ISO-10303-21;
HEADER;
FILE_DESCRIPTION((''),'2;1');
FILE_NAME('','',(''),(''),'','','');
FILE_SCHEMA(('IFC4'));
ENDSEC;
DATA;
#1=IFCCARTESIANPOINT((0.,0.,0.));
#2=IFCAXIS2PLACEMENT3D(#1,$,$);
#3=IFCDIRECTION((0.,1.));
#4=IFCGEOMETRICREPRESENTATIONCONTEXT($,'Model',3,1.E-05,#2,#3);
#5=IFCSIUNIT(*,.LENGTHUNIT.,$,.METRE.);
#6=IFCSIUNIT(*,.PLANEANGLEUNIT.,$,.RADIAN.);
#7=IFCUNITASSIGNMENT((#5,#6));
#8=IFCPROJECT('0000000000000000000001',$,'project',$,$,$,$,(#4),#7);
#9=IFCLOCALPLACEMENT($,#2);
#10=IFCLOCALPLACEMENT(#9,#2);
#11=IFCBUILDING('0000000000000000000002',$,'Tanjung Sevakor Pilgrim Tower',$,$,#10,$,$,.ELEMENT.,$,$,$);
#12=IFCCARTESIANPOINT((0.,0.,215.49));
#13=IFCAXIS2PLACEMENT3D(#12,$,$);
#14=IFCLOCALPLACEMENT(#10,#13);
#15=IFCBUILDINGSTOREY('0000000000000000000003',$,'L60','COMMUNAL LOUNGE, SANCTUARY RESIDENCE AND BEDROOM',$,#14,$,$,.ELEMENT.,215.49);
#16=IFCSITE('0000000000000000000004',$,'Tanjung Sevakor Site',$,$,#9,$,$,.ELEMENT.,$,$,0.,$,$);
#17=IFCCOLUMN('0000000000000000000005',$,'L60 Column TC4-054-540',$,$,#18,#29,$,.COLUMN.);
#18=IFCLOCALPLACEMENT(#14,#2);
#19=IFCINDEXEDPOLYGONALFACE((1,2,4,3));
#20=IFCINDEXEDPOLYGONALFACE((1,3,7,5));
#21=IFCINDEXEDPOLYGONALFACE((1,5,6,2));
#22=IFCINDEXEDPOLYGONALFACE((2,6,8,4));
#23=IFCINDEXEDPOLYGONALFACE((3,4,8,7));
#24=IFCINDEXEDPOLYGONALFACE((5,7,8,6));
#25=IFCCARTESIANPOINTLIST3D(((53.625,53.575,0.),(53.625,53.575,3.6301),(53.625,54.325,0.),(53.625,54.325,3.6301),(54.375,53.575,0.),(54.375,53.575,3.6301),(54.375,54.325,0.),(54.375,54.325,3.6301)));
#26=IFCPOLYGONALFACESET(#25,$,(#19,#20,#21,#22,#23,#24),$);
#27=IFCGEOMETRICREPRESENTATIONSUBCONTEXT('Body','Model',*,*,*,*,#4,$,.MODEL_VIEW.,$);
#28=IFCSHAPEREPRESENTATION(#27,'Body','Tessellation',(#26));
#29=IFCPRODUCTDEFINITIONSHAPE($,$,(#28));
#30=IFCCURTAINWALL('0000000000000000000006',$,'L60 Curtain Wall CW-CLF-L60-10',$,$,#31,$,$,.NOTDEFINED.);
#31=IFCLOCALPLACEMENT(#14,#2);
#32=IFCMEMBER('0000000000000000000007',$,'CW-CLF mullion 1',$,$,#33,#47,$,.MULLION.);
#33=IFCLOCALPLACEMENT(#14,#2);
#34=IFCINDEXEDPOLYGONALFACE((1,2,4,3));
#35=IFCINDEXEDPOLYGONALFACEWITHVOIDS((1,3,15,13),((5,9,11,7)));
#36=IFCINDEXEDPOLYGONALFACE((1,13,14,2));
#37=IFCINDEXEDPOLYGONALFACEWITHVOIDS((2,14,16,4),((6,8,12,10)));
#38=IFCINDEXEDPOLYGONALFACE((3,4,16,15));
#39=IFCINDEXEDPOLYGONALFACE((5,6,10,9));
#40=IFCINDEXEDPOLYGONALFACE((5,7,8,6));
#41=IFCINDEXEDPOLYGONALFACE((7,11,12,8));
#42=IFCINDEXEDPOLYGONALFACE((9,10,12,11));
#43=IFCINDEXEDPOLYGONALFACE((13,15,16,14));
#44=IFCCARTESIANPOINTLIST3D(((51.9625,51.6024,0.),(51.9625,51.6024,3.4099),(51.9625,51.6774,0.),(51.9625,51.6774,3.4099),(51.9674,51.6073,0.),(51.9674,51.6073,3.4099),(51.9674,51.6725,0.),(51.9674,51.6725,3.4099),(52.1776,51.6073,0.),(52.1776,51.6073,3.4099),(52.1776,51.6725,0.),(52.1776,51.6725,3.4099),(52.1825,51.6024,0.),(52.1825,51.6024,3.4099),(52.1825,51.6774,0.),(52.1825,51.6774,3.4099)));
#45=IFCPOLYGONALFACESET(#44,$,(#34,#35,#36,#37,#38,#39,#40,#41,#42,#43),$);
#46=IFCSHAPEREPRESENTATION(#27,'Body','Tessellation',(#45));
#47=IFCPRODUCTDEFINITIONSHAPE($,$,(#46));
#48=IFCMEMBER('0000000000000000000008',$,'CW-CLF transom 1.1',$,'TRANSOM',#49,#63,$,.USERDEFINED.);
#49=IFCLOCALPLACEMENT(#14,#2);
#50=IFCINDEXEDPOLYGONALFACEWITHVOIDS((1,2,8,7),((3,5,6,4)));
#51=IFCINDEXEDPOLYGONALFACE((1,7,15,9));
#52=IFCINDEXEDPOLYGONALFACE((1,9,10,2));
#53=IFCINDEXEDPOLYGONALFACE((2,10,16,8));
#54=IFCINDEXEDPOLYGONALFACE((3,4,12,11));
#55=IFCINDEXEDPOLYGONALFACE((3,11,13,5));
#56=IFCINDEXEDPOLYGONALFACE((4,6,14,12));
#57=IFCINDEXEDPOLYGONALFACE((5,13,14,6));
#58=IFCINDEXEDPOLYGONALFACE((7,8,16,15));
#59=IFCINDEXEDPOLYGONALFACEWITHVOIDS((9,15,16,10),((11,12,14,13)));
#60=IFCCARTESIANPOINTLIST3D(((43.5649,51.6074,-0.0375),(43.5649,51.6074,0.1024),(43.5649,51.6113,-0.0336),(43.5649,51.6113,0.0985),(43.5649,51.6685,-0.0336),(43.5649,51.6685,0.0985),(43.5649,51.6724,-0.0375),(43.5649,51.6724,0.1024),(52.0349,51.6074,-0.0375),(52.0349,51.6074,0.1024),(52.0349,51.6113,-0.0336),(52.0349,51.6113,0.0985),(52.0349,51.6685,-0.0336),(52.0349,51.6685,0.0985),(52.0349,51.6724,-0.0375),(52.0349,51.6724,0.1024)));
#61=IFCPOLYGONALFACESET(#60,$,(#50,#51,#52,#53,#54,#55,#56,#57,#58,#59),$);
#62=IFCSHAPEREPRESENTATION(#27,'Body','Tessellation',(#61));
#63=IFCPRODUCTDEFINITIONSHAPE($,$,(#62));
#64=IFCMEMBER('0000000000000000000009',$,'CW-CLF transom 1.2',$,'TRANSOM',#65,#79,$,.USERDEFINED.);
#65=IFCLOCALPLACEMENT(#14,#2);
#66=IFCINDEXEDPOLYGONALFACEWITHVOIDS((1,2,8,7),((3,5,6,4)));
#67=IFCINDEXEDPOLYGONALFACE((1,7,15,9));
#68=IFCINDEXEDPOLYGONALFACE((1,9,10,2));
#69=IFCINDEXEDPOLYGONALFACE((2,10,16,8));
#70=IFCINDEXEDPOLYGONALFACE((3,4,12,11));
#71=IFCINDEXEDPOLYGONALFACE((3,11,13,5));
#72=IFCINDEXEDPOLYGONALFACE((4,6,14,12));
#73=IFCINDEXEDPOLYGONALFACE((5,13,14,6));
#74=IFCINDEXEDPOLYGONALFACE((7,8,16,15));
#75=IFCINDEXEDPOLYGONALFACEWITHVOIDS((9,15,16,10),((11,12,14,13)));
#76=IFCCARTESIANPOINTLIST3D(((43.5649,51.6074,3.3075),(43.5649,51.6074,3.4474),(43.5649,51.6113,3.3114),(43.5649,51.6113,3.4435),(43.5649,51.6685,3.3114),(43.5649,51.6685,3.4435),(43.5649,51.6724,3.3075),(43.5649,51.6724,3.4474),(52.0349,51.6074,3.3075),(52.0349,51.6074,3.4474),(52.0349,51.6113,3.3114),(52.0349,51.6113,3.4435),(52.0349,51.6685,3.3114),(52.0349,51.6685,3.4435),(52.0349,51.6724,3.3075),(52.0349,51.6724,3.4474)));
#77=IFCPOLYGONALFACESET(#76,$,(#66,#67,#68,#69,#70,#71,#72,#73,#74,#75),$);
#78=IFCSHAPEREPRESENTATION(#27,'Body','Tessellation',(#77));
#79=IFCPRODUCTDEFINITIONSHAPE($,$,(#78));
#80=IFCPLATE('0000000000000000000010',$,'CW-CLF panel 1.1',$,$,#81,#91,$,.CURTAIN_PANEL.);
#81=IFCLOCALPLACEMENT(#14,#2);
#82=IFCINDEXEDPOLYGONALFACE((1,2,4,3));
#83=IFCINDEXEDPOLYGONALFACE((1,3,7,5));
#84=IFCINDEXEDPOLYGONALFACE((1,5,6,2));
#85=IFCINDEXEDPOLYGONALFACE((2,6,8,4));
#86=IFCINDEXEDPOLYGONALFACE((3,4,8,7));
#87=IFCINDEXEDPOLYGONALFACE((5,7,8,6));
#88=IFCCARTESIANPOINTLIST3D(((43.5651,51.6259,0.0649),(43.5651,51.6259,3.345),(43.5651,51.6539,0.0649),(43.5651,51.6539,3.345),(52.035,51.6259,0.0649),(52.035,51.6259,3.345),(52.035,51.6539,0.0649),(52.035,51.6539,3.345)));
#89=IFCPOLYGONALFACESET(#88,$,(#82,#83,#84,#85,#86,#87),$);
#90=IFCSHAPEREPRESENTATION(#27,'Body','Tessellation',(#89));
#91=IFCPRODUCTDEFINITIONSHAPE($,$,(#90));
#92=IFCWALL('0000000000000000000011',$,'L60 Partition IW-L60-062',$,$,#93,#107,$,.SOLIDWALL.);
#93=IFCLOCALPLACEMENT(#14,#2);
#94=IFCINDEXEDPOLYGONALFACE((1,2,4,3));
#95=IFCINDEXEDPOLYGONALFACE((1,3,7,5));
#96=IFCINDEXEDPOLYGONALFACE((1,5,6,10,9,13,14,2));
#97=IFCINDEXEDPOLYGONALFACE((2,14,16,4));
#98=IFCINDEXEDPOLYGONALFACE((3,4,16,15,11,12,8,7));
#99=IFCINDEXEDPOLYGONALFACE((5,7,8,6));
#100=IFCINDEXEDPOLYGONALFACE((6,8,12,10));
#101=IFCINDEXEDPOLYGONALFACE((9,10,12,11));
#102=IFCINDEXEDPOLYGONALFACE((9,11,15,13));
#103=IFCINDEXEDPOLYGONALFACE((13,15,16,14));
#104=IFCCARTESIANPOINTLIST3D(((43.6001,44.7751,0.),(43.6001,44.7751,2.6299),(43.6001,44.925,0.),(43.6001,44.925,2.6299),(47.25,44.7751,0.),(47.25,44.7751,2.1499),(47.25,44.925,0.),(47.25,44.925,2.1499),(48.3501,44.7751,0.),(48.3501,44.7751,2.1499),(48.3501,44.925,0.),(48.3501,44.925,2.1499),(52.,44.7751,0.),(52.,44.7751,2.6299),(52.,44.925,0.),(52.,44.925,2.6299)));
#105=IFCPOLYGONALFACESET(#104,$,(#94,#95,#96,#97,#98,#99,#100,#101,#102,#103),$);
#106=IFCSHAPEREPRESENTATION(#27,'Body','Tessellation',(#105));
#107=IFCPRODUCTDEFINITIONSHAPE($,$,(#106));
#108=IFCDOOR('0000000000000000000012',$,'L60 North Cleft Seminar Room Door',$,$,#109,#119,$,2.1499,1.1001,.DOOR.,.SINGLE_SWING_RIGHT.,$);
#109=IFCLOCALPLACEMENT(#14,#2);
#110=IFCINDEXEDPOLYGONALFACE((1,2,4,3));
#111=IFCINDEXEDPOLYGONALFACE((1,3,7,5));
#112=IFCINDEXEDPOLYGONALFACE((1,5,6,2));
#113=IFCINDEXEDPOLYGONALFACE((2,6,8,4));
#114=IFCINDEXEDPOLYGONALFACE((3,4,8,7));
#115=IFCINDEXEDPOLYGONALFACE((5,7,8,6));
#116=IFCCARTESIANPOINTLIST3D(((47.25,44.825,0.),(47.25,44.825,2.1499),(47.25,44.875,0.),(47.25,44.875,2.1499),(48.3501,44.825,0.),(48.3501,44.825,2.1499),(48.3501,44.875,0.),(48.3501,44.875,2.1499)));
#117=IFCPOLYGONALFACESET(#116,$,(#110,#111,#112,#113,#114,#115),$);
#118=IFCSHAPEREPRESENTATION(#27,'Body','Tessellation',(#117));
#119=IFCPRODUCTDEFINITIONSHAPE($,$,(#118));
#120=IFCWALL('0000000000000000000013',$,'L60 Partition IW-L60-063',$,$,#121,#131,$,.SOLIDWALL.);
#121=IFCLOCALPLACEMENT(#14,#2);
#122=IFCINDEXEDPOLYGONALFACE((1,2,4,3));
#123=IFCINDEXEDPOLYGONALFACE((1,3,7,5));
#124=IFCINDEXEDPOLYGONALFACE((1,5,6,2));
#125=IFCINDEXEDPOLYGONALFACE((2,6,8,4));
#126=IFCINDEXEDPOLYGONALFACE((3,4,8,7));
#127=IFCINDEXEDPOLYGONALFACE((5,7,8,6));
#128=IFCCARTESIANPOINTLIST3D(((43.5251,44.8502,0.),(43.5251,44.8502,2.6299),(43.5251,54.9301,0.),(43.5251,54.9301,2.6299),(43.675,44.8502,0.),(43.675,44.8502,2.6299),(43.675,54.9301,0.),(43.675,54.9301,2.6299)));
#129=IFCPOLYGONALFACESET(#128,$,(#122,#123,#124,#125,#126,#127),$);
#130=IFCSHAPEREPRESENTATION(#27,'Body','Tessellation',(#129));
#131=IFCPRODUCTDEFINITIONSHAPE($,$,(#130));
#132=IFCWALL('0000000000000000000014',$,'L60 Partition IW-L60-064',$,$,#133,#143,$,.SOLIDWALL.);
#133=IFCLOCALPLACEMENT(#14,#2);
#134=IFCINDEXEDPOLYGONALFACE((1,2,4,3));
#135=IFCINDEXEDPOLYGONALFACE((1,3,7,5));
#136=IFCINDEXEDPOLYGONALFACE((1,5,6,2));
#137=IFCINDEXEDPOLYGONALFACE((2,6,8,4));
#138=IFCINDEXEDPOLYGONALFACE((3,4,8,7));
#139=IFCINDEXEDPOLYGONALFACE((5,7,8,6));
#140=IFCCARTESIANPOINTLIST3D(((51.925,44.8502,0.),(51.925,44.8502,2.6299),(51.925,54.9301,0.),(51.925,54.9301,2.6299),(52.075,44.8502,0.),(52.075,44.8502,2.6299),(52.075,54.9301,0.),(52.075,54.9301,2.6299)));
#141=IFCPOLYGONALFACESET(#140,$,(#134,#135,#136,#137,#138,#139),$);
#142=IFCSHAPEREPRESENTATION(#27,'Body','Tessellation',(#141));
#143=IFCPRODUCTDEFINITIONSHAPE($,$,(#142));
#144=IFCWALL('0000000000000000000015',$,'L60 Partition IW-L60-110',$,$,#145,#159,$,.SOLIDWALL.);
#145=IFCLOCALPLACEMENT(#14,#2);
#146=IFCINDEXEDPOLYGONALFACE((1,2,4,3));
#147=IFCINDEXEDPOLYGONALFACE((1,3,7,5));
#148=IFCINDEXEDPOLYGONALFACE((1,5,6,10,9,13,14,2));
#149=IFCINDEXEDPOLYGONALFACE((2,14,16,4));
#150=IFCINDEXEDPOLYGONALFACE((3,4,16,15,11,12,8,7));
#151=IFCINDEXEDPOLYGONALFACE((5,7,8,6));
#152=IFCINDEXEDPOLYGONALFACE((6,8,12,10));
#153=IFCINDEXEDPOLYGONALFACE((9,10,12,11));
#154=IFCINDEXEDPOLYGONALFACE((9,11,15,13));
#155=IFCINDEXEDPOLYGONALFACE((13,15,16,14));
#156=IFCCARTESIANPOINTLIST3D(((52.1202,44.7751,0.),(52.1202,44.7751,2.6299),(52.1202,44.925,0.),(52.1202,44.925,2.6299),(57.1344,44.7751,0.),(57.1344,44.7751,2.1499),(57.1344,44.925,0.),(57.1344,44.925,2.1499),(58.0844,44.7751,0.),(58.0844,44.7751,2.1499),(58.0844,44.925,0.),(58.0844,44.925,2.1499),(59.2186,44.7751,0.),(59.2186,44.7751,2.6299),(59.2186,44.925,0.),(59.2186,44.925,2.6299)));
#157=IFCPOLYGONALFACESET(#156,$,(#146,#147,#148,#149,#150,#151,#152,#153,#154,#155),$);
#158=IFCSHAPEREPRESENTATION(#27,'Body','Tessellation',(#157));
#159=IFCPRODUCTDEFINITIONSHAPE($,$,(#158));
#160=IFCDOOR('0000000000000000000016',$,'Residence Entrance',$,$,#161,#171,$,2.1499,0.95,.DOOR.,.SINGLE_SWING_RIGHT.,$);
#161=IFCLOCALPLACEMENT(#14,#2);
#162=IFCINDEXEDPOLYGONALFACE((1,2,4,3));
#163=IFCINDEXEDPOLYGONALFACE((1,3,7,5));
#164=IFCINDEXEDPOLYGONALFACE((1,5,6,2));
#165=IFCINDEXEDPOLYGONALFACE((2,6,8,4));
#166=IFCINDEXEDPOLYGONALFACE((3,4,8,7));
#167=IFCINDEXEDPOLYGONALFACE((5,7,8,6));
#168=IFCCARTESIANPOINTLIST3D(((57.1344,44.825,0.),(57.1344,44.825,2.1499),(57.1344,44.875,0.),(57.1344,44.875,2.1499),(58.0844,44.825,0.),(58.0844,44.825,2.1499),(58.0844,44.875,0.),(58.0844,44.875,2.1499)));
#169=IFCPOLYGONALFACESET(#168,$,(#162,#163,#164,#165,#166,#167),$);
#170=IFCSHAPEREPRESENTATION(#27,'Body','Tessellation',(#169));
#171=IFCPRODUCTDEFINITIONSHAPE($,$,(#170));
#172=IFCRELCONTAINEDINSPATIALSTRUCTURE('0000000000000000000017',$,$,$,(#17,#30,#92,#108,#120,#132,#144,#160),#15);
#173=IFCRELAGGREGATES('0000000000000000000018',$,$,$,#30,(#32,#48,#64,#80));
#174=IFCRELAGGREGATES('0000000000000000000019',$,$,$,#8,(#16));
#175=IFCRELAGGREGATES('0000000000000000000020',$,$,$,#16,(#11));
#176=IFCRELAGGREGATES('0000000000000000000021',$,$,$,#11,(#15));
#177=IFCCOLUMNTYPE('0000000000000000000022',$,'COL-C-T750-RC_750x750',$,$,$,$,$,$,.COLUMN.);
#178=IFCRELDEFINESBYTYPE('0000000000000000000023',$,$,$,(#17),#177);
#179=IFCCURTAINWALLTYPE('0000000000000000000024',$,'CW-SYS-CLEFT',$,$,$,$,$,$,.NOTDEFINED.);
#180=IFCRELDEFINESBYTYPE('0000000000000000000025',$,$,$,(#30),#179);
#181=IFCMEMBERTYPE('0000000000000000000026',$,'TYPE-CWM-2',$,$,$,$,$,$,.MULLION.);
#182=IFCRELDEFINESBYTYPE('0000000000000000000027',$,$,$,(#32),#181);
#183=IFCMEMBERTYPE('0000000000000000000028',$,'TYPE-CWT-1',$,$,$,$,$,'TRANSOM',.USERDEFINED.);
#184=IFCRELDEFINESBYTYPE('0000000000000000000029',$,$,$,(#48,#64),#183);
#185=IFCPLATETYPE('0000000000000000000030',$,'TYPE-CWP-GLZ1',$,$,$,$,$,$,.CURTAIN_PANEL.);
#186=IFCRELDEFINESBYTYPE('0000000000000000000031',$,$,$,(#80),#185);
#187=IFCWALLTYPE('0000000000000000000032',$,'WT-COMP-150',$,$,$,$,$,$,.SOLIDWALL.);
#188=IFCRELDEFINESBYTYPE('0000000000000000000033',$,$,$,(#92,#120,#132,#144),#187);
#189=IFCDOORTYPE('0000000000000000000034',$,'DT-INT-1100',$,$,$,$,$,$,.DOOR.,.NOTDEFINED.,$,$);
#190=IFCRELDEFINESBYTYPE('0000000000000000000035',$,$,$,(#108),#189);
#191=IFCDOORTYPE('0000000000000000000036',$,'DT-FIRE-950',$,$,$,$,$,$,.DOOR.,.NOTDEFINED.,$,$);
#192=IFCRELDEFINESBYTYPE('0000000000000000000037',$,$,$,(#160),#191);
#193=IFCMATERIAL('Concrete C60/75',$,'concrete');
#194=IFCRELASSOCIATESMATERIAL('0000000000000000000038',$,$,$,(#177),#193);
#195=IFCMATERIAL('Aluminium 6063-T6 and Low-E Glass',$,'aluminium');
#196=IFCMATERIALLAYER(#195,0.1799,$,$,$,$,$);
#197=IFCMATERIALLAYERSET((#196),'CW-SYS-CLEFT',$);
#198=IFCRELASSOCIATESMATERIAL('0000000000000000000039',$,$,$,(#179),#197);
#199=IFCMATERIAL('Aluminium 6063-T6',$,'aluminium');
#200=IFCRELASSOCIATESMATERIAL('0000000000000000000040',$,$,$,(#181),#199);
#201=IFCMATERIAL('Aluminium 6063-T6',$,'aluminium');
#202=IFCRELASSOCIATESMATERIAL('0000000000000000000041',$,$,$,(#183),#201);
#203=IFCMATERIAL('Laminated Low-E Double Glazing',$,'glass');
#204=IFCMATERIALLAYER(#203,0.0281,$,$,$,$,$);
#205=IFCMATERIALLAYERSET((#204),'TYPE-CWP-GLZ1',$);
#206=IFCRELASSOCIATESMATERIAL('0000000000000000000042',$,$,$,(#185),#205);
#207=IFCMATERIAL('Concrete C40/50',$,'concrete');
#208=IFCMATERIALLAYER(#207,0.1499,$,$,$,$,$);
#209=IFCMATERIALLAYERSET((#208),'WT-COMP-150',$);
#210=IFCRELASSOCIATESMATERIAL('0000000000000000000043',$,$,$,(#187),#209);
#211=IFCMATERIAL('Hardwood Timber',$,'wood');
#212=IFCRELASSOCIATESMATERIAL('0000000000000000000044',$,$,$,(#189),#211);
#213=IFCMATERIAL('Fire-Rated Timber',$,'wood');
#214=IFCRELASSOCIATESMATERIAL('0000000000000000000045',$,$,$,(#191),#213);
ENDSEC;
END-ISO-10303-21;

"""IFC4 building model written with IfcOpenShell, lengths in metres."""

from ifc_helpers import new_model, si_unit, direction, frame, frame_2d, origin, origin_2d, place, context, subcontext, project, spatial, rectangle, hollow_rectangle, extrude, material, layer, layer_set, material_profile, profile_set, type_object, element, fill, aggregate, save


model = new_model("IFC4")

# Units and contexts
model_context = context("Model", 3, precision=1e-05, world=origin(), true_north=direction((0.0, 1.0)))
body_context = subcontext(model_context, "Body", "Model", "MODEL_VIEW")
ifc_project = project(units=[si_unit("LENGTHUNIT", "METRE"), si_unit("PLANEANGLEUNIT", "RADIAN")], contexts=[model_context])

# Site, building, storey
site_placement = place(None, origin())
site = spatial("IfcSite", under=ifc_project, at=site_placement, Name="Tanjung Sevakor Site", CompositionType="ELEMENT", RefElevation=0.0)
building_placement = place(site_placement, origin())
building = spatial("IfcBuilding", under=site, at=building_placement, Name="Tanjung Sevakor Pilgrim Tower", CompositionType="ELEMENT")
storey_placement = place(building_placement, frame((0.0, 0.0, 215.49)))
storey = spatial("IfcBuildingStorey", under=building, at=storey_placement, Name="L60", Description="COMMUNAL LOUNGE, SANCTUARY RESIDENCE AND BEDROOM", CompositionType="ELEMENT", Elevation=215.49)

# Column
ifc_material_1 = material(Name="Concrete C60/75", Category="concrete")
ifc_material_profile_1 = material_profile(ifc_material_1, rectangle(XDim=0.75, YDim=0.75, at=origin_2d()))
ifc_profile_set_1 = profile_set([ifc_material_profile_1], Name="Concrete C60/75")
column_type = type_object("IfcColumnType", Name="COL-C-T750-RC_750x750", PredefinedType="COLUMN", material=ifc_profile_set_1)
column_placement = place(storey_placement, frame((54.0, 53.95, 0.0), z_axis=(0.0, 0.0, 1.0), x_axis=(1.0, 0.0, 0.0)))
element("IfcColumn", 1, at=column_placement, inside=storey, type_object=column_type, Name="L60 Column TC4-054-540", PredefinedType="COLUMN", context=body_context, shape_type="SweptSolid", body=[
    extrude(rectangle(XDim=0.75, YDim=0.75, at=origin_2d()), origin(), (0.0, 0.0, 1.0), 3.6301),
])

# Curtain wall, members, plate
ifc_material_2 = material(Name="Aluminium 6063-T6 and Low-E Glass", Category="aluminium")
ifc_layer_1 = layer(ifc_material_2, 0.1799)
ifc_layer_set_1 = layer_set([ifc_layer_1], Name="CW-SYS-CLEFT")
curtain_wall_type = type_object("IfcCurtainWallType", Name="CW-SYS-CLEFT", PredefinedType="NOTDEFINED", material=ifc_layer_set_1)
curtain_wall_placement = place(storey_placement, origin())
curtain_wall = element("IfcCurtainWall", 2, at=curtain_wall_placement, inside=storey, type_object=curtain_wall_type, Name="L60 Curtain Wall CW-CLF-L60-10", PredefinedType="NOTDEFINED")
ifc_material_3 = material(Name="Aluminium 6063-T6", Category="aluminium")
ifc_material_profile_2 = material_profile(ifc_material_3, hollow_rectangle(XDim=0.075, YDim=0.22, WallThickness=0.0049, at=origin_2d()))
ifc_profile_set_2 = profile_set([ifc_material_profile_2], Name="Aluminium 6063-T6")
member_type_1 = type_object("IfcMemberType", Name="TYPE-CWM-2", PredefinedType="MULLION", material=ifc_profile_set_2)
member_1_placement = place(storey_placement, frame((52.0725, 51.6399, 0.0), z_axis=(0.0, 0.0, 1.0), x_axis=(0.0, -1.0, 0.0)))
member_1 = element("IfcMember", 3, at=member_1_placement, type_object=member_type_1, Name="CW-CLF mullion 1", PredefinedType="MULLION", context=body_context, shape_type="SweptSolid", body=[
    extrude(hollow_rectangle(XDim=0.075, YDim=0.22, WallThickness=0.0049, at=origin_2d()), origin(), (0.0, 0.0, 1.0), 3.4099),
])
ifc_material_4 = material(Name="Aluminium 6063-T6", Category="aluminium")
ifc_material_profile_3 = material_profile(ifc_material_4, hollow_rectangle(XDim=0.0649, YDim=0.1399, WallThickness=0.0039, at=origin_2d()))
ifc_profile_set_3 = profile_set([ifc_material_profile_3], Name="Aluminium 6063-T6")
member_type_2 = type_object("IfcMemberType", Name="TYPE-CWT-1", ElementType="TRANSOM", PredefinedType="USERDEFINED", material=ifc_profile_set_3)
member_2_placement = place(storey_placement, frame((52.0349, 51.6399, 0.0325), z_axis=(-1.0, 0.0, 0.0), x_axis=(0.0, -1.0, 0.0)))
member_2 = element("IfcMember", 4, at=member_2_placement, type_object=member_type_2, Name="CW-CLF transom 1.1", ObjectType="TRANSOM", PredefinedType="USERDEFINED", context=body_context, shape_type="SweptSolid", body=[
    extrude(hollow_rectangle(XDim=0.0649, YDim=0.1399, WallThickness=0.0039, at=origin_2d()), origin(), (0.0, 0.0, 1.0), 8.47),
])
member_3_placement = place(storey_placement, frame((52.0349, 51.6399, 3.3774), z_axis=(-1.0, 0.0, 0.0), x_axis=(0.0, -1.0, 0.0)))
member_3 = element("IfcMember", 5, at=member_3_placement, type_object=member_type_2, Name="CW-CLF transom 1.2", ObjectType="TRANSOM", PredefinedType="USERDEFINED", context=body_context, shape_type="SweptSolid", body=[
    extrude(hollow_rectangle(XDim=0.0649, YDim=0.1399, WallThickness=0.0039, at=origin_2d()), origin(), (0.0, 0.0, 1.0), 8.47),
])
ifc_material_5 = material(Name="Laminated Low-E Double Glazing", Category="glass")
ifc_layer_2 = layer(ifc_material_5, 0.0281)
ifc_layer_set_2 = layer_set([ifc_layer_2], Name="TYPE-CWP-GLZ1")
plate_type = type_object("IfcPlateType", Name="TYPE-CWP-GLZ1", PredefinedType="CURTAIN_PANEL", material=ifc_layer_set_2)
plate_placement = place(storey_placement, frame((47.8, 51.6399, 0.0649), z_axis=(0.0, 0.0, 1.0), x_axis=(-1.0, 0.0, 0.0)))
plate = element("IfcPlate", 6, at=plate_placement, type_object=plate_type, Name="CW-CLF panel 1.1", PredefinedType="CURTAIN_PANEL", context=body_context, shape_type="SweptSolid", body=[
    extrude(rectangle(XDim=8.47, YDim=0.0281, at=origin_2d()), origin(), (0.0, 0.0, 1.0), 3.28),
])
aggregate(curtain_wall, [member_1, member_2, member_3, plate])

# Wall, opening, door
ifc_material_6 = material(Name="Concrete C40/50", Category="concrete")
ifc_layer_3 = layer(ifc_material_6, 0.1499)
ifc_layer_set_3 = layer_set([ifc_layer_3], Name="WT-COMP-150")
wall_type_1 = type_object("IfcWallType", Name="WT-COMP-150", PredefinedType="SOLIDWALL", material=ifc_layer_set_3)
wall_1_placement = place(storey_placement, frame((43.6001, 44.8501, 0.0), z_axis=(0.0, 0.0, 1.0), x_axis=(1.0, 0.0, 0.0)))
wall_1 = element("IfcWall", 7, at=wall_1_placement, inside=storey, type_object=wall_type_1, Name="L60 Partition IW-L60-062", PredefinedType="SOLIDWALL", context=body_context, shape_type="SweptSolid", body=[
    extrude(rectangle(XDim=8.3999, YDim=0.1499, at=frame_2d((4.2, 0.0))), origin(), (0.0, 0.0, 1.0), 2.6299),
])
opening_1_placement = place(wall_1_placement, frame((3.6499, 0.0, 0.0)))
opening_1 = element("IfcOpeningElement", 8, at=opening_1_placement, cuts=wall_1, PredefinedType="OPENING", context=body_context, shape_type="SweptSolid", body=[
    extrude(rectangle(XDim=1.1001, YDim=2.1499, at=frame_2d((0.55, 1.075))), frame((0.0, 0.085, 0.0), z_axis=(0.0, -1.0, 0.0), x_axis=(1.0, 0.0, 0.0)), (0.0, 0.0, 1.0), 0.1699),
])
ifc_material_7 = material(Name="Hardwood Timber", Category="wood")
door_type_1 = type_object("IfcDoorType", Name="DT-INT-1100", OperationType="NOTDEFINED", PredefinedType="DOOR", material=ifc_material_7)
door_1_placement = place(opening_1_placement, origin())
door_1 = element("IfcDoor", 9, at=door_1_placement, inside=storey, type_object=door_type_1, Name="L60 North Cleft Seminar Room Door", OperationType="SINGLE_SWING_RIGHT", OverallHeight=2.1499, OverallWidth=1.1001, PredefinedType="DOOR", context=body_context, shape_type="SweptSolid", body=[
    extrude(rectangle(XDim=1.1001, YDim=2.1499, at=frame_2d((0.55, 1.075))), frame((0.0, 0.0249, 0.0), z_axis=(0.0, -1.0, 0.0), x_axis=(1.0, 0.0, 0.0)), (0.0, 0.0, 1.0), 0.05),
])
fill(opening_1, door_1)

# Walls
for number, where, z_axis, x_axis, name in (
    (10, (43.6001, 44.8501, 0.0), (0.0, 0.0, 1.0), (0.0, 1.0, 0.0), "L60 Partition IW-L60-063"),
    (11, (52.0, 44.8501, 0.0), (0.0, 0.0, 1.0), (0.0, 1.0, 0.0), "L60 Partition IW-L60-064"),
):
    element("IfcWall", number, at=place(storey_placement, frame(where, z_axis=z_axis, x_axis=x_axis)), inside=storey, type_object=wall_type_1, Name=name, PredefinedType="SOLIDWALL", context=body_context, shape_type="SweptSolid", body=[
        extrude(rectangle(XDim=10.0798, YDim=0.1499, at=frame_2d((5.04, 0.0))), origin(), (0.0, 0.0, 1.0), 2.6299),
    ])

# Wall, opening, door
wall_2_placement = place(storey_placement, frame((52.1201, 44.8501, 0.0), z_axis=(0.0, 0.0, 1.0), x_axis=(1.0, 0.0, 0.0)))
wall_2 = element("IfcWall", 12, at=wall_2_placement, inside=storey, type_object=wall_type_1, Name="L60 Partition IW-L60-110", PredefinedType="SOLIDWALL", context=body_context, shape_type="SweptSolid", body=[
    extrude(rectangle(XDim=7.0984, YDim=0.1499, at=frame_2d((3.5493, 0.0))), origin(), (0.0, 0.0, 1.0), 2.6299),
])
opening_2_placement = place(wall_2_placement, frame((5.0142, 0.0, 0.0)))
opening_2 = element("IfcOpeningElement", 13, at=opening_2_placement, cuts=wall_2, PredefinedType="OPENING", context=body_context, shape_type="SweptSolid", body=[
    extrude(rectangle(XDim=0.95, YDim=2.1499, at=frame_2d((0.4751, 1.075))), frame((0.0, 0.085, 0.0), z_axis=(0.0, -1.0, 0.0), x_axis=(1.0, 0.0, 0.0)), (0.0, 0.0, 1.0), 0.1699),
])
ifc_material_8 = material(Name="Fire-Rated Timber", Category="wood")
door_type_2 = type_object("IfcDoorType", Name="DT-FIRE-950", OperationType="NOTDEFINED", PredefinedType="DOOR", material=ifc_material_8)
door_2_placement = place(opening_2_placement, origin())
door_2 = element("IfcDoor", 14, at=door_2_placement, inside=storey, type_object=door_type_2, Name="Residence Entrance", OperationType="SINGLE_SWING_RIGHT", OverallHeight=2.1499, OverallWidth=0.95, PredefinedType="DOOR", context=body_context, shape_type="SweptSolid", body=[
    extrude(rectangle(XDim=0.95, YDim=2.1499, at=frame_2d((0.4751, 1.075))), frame((0.0, 0.0249, 0.0), z_axis=(0.0, -1.0, 0.0), x_axis=(1.0, 0.0, 0.0)), (0.0, 0.0, 1.0), 0.05),
])
fill(opening_2, door_2)

save(model, "model.ifc")
